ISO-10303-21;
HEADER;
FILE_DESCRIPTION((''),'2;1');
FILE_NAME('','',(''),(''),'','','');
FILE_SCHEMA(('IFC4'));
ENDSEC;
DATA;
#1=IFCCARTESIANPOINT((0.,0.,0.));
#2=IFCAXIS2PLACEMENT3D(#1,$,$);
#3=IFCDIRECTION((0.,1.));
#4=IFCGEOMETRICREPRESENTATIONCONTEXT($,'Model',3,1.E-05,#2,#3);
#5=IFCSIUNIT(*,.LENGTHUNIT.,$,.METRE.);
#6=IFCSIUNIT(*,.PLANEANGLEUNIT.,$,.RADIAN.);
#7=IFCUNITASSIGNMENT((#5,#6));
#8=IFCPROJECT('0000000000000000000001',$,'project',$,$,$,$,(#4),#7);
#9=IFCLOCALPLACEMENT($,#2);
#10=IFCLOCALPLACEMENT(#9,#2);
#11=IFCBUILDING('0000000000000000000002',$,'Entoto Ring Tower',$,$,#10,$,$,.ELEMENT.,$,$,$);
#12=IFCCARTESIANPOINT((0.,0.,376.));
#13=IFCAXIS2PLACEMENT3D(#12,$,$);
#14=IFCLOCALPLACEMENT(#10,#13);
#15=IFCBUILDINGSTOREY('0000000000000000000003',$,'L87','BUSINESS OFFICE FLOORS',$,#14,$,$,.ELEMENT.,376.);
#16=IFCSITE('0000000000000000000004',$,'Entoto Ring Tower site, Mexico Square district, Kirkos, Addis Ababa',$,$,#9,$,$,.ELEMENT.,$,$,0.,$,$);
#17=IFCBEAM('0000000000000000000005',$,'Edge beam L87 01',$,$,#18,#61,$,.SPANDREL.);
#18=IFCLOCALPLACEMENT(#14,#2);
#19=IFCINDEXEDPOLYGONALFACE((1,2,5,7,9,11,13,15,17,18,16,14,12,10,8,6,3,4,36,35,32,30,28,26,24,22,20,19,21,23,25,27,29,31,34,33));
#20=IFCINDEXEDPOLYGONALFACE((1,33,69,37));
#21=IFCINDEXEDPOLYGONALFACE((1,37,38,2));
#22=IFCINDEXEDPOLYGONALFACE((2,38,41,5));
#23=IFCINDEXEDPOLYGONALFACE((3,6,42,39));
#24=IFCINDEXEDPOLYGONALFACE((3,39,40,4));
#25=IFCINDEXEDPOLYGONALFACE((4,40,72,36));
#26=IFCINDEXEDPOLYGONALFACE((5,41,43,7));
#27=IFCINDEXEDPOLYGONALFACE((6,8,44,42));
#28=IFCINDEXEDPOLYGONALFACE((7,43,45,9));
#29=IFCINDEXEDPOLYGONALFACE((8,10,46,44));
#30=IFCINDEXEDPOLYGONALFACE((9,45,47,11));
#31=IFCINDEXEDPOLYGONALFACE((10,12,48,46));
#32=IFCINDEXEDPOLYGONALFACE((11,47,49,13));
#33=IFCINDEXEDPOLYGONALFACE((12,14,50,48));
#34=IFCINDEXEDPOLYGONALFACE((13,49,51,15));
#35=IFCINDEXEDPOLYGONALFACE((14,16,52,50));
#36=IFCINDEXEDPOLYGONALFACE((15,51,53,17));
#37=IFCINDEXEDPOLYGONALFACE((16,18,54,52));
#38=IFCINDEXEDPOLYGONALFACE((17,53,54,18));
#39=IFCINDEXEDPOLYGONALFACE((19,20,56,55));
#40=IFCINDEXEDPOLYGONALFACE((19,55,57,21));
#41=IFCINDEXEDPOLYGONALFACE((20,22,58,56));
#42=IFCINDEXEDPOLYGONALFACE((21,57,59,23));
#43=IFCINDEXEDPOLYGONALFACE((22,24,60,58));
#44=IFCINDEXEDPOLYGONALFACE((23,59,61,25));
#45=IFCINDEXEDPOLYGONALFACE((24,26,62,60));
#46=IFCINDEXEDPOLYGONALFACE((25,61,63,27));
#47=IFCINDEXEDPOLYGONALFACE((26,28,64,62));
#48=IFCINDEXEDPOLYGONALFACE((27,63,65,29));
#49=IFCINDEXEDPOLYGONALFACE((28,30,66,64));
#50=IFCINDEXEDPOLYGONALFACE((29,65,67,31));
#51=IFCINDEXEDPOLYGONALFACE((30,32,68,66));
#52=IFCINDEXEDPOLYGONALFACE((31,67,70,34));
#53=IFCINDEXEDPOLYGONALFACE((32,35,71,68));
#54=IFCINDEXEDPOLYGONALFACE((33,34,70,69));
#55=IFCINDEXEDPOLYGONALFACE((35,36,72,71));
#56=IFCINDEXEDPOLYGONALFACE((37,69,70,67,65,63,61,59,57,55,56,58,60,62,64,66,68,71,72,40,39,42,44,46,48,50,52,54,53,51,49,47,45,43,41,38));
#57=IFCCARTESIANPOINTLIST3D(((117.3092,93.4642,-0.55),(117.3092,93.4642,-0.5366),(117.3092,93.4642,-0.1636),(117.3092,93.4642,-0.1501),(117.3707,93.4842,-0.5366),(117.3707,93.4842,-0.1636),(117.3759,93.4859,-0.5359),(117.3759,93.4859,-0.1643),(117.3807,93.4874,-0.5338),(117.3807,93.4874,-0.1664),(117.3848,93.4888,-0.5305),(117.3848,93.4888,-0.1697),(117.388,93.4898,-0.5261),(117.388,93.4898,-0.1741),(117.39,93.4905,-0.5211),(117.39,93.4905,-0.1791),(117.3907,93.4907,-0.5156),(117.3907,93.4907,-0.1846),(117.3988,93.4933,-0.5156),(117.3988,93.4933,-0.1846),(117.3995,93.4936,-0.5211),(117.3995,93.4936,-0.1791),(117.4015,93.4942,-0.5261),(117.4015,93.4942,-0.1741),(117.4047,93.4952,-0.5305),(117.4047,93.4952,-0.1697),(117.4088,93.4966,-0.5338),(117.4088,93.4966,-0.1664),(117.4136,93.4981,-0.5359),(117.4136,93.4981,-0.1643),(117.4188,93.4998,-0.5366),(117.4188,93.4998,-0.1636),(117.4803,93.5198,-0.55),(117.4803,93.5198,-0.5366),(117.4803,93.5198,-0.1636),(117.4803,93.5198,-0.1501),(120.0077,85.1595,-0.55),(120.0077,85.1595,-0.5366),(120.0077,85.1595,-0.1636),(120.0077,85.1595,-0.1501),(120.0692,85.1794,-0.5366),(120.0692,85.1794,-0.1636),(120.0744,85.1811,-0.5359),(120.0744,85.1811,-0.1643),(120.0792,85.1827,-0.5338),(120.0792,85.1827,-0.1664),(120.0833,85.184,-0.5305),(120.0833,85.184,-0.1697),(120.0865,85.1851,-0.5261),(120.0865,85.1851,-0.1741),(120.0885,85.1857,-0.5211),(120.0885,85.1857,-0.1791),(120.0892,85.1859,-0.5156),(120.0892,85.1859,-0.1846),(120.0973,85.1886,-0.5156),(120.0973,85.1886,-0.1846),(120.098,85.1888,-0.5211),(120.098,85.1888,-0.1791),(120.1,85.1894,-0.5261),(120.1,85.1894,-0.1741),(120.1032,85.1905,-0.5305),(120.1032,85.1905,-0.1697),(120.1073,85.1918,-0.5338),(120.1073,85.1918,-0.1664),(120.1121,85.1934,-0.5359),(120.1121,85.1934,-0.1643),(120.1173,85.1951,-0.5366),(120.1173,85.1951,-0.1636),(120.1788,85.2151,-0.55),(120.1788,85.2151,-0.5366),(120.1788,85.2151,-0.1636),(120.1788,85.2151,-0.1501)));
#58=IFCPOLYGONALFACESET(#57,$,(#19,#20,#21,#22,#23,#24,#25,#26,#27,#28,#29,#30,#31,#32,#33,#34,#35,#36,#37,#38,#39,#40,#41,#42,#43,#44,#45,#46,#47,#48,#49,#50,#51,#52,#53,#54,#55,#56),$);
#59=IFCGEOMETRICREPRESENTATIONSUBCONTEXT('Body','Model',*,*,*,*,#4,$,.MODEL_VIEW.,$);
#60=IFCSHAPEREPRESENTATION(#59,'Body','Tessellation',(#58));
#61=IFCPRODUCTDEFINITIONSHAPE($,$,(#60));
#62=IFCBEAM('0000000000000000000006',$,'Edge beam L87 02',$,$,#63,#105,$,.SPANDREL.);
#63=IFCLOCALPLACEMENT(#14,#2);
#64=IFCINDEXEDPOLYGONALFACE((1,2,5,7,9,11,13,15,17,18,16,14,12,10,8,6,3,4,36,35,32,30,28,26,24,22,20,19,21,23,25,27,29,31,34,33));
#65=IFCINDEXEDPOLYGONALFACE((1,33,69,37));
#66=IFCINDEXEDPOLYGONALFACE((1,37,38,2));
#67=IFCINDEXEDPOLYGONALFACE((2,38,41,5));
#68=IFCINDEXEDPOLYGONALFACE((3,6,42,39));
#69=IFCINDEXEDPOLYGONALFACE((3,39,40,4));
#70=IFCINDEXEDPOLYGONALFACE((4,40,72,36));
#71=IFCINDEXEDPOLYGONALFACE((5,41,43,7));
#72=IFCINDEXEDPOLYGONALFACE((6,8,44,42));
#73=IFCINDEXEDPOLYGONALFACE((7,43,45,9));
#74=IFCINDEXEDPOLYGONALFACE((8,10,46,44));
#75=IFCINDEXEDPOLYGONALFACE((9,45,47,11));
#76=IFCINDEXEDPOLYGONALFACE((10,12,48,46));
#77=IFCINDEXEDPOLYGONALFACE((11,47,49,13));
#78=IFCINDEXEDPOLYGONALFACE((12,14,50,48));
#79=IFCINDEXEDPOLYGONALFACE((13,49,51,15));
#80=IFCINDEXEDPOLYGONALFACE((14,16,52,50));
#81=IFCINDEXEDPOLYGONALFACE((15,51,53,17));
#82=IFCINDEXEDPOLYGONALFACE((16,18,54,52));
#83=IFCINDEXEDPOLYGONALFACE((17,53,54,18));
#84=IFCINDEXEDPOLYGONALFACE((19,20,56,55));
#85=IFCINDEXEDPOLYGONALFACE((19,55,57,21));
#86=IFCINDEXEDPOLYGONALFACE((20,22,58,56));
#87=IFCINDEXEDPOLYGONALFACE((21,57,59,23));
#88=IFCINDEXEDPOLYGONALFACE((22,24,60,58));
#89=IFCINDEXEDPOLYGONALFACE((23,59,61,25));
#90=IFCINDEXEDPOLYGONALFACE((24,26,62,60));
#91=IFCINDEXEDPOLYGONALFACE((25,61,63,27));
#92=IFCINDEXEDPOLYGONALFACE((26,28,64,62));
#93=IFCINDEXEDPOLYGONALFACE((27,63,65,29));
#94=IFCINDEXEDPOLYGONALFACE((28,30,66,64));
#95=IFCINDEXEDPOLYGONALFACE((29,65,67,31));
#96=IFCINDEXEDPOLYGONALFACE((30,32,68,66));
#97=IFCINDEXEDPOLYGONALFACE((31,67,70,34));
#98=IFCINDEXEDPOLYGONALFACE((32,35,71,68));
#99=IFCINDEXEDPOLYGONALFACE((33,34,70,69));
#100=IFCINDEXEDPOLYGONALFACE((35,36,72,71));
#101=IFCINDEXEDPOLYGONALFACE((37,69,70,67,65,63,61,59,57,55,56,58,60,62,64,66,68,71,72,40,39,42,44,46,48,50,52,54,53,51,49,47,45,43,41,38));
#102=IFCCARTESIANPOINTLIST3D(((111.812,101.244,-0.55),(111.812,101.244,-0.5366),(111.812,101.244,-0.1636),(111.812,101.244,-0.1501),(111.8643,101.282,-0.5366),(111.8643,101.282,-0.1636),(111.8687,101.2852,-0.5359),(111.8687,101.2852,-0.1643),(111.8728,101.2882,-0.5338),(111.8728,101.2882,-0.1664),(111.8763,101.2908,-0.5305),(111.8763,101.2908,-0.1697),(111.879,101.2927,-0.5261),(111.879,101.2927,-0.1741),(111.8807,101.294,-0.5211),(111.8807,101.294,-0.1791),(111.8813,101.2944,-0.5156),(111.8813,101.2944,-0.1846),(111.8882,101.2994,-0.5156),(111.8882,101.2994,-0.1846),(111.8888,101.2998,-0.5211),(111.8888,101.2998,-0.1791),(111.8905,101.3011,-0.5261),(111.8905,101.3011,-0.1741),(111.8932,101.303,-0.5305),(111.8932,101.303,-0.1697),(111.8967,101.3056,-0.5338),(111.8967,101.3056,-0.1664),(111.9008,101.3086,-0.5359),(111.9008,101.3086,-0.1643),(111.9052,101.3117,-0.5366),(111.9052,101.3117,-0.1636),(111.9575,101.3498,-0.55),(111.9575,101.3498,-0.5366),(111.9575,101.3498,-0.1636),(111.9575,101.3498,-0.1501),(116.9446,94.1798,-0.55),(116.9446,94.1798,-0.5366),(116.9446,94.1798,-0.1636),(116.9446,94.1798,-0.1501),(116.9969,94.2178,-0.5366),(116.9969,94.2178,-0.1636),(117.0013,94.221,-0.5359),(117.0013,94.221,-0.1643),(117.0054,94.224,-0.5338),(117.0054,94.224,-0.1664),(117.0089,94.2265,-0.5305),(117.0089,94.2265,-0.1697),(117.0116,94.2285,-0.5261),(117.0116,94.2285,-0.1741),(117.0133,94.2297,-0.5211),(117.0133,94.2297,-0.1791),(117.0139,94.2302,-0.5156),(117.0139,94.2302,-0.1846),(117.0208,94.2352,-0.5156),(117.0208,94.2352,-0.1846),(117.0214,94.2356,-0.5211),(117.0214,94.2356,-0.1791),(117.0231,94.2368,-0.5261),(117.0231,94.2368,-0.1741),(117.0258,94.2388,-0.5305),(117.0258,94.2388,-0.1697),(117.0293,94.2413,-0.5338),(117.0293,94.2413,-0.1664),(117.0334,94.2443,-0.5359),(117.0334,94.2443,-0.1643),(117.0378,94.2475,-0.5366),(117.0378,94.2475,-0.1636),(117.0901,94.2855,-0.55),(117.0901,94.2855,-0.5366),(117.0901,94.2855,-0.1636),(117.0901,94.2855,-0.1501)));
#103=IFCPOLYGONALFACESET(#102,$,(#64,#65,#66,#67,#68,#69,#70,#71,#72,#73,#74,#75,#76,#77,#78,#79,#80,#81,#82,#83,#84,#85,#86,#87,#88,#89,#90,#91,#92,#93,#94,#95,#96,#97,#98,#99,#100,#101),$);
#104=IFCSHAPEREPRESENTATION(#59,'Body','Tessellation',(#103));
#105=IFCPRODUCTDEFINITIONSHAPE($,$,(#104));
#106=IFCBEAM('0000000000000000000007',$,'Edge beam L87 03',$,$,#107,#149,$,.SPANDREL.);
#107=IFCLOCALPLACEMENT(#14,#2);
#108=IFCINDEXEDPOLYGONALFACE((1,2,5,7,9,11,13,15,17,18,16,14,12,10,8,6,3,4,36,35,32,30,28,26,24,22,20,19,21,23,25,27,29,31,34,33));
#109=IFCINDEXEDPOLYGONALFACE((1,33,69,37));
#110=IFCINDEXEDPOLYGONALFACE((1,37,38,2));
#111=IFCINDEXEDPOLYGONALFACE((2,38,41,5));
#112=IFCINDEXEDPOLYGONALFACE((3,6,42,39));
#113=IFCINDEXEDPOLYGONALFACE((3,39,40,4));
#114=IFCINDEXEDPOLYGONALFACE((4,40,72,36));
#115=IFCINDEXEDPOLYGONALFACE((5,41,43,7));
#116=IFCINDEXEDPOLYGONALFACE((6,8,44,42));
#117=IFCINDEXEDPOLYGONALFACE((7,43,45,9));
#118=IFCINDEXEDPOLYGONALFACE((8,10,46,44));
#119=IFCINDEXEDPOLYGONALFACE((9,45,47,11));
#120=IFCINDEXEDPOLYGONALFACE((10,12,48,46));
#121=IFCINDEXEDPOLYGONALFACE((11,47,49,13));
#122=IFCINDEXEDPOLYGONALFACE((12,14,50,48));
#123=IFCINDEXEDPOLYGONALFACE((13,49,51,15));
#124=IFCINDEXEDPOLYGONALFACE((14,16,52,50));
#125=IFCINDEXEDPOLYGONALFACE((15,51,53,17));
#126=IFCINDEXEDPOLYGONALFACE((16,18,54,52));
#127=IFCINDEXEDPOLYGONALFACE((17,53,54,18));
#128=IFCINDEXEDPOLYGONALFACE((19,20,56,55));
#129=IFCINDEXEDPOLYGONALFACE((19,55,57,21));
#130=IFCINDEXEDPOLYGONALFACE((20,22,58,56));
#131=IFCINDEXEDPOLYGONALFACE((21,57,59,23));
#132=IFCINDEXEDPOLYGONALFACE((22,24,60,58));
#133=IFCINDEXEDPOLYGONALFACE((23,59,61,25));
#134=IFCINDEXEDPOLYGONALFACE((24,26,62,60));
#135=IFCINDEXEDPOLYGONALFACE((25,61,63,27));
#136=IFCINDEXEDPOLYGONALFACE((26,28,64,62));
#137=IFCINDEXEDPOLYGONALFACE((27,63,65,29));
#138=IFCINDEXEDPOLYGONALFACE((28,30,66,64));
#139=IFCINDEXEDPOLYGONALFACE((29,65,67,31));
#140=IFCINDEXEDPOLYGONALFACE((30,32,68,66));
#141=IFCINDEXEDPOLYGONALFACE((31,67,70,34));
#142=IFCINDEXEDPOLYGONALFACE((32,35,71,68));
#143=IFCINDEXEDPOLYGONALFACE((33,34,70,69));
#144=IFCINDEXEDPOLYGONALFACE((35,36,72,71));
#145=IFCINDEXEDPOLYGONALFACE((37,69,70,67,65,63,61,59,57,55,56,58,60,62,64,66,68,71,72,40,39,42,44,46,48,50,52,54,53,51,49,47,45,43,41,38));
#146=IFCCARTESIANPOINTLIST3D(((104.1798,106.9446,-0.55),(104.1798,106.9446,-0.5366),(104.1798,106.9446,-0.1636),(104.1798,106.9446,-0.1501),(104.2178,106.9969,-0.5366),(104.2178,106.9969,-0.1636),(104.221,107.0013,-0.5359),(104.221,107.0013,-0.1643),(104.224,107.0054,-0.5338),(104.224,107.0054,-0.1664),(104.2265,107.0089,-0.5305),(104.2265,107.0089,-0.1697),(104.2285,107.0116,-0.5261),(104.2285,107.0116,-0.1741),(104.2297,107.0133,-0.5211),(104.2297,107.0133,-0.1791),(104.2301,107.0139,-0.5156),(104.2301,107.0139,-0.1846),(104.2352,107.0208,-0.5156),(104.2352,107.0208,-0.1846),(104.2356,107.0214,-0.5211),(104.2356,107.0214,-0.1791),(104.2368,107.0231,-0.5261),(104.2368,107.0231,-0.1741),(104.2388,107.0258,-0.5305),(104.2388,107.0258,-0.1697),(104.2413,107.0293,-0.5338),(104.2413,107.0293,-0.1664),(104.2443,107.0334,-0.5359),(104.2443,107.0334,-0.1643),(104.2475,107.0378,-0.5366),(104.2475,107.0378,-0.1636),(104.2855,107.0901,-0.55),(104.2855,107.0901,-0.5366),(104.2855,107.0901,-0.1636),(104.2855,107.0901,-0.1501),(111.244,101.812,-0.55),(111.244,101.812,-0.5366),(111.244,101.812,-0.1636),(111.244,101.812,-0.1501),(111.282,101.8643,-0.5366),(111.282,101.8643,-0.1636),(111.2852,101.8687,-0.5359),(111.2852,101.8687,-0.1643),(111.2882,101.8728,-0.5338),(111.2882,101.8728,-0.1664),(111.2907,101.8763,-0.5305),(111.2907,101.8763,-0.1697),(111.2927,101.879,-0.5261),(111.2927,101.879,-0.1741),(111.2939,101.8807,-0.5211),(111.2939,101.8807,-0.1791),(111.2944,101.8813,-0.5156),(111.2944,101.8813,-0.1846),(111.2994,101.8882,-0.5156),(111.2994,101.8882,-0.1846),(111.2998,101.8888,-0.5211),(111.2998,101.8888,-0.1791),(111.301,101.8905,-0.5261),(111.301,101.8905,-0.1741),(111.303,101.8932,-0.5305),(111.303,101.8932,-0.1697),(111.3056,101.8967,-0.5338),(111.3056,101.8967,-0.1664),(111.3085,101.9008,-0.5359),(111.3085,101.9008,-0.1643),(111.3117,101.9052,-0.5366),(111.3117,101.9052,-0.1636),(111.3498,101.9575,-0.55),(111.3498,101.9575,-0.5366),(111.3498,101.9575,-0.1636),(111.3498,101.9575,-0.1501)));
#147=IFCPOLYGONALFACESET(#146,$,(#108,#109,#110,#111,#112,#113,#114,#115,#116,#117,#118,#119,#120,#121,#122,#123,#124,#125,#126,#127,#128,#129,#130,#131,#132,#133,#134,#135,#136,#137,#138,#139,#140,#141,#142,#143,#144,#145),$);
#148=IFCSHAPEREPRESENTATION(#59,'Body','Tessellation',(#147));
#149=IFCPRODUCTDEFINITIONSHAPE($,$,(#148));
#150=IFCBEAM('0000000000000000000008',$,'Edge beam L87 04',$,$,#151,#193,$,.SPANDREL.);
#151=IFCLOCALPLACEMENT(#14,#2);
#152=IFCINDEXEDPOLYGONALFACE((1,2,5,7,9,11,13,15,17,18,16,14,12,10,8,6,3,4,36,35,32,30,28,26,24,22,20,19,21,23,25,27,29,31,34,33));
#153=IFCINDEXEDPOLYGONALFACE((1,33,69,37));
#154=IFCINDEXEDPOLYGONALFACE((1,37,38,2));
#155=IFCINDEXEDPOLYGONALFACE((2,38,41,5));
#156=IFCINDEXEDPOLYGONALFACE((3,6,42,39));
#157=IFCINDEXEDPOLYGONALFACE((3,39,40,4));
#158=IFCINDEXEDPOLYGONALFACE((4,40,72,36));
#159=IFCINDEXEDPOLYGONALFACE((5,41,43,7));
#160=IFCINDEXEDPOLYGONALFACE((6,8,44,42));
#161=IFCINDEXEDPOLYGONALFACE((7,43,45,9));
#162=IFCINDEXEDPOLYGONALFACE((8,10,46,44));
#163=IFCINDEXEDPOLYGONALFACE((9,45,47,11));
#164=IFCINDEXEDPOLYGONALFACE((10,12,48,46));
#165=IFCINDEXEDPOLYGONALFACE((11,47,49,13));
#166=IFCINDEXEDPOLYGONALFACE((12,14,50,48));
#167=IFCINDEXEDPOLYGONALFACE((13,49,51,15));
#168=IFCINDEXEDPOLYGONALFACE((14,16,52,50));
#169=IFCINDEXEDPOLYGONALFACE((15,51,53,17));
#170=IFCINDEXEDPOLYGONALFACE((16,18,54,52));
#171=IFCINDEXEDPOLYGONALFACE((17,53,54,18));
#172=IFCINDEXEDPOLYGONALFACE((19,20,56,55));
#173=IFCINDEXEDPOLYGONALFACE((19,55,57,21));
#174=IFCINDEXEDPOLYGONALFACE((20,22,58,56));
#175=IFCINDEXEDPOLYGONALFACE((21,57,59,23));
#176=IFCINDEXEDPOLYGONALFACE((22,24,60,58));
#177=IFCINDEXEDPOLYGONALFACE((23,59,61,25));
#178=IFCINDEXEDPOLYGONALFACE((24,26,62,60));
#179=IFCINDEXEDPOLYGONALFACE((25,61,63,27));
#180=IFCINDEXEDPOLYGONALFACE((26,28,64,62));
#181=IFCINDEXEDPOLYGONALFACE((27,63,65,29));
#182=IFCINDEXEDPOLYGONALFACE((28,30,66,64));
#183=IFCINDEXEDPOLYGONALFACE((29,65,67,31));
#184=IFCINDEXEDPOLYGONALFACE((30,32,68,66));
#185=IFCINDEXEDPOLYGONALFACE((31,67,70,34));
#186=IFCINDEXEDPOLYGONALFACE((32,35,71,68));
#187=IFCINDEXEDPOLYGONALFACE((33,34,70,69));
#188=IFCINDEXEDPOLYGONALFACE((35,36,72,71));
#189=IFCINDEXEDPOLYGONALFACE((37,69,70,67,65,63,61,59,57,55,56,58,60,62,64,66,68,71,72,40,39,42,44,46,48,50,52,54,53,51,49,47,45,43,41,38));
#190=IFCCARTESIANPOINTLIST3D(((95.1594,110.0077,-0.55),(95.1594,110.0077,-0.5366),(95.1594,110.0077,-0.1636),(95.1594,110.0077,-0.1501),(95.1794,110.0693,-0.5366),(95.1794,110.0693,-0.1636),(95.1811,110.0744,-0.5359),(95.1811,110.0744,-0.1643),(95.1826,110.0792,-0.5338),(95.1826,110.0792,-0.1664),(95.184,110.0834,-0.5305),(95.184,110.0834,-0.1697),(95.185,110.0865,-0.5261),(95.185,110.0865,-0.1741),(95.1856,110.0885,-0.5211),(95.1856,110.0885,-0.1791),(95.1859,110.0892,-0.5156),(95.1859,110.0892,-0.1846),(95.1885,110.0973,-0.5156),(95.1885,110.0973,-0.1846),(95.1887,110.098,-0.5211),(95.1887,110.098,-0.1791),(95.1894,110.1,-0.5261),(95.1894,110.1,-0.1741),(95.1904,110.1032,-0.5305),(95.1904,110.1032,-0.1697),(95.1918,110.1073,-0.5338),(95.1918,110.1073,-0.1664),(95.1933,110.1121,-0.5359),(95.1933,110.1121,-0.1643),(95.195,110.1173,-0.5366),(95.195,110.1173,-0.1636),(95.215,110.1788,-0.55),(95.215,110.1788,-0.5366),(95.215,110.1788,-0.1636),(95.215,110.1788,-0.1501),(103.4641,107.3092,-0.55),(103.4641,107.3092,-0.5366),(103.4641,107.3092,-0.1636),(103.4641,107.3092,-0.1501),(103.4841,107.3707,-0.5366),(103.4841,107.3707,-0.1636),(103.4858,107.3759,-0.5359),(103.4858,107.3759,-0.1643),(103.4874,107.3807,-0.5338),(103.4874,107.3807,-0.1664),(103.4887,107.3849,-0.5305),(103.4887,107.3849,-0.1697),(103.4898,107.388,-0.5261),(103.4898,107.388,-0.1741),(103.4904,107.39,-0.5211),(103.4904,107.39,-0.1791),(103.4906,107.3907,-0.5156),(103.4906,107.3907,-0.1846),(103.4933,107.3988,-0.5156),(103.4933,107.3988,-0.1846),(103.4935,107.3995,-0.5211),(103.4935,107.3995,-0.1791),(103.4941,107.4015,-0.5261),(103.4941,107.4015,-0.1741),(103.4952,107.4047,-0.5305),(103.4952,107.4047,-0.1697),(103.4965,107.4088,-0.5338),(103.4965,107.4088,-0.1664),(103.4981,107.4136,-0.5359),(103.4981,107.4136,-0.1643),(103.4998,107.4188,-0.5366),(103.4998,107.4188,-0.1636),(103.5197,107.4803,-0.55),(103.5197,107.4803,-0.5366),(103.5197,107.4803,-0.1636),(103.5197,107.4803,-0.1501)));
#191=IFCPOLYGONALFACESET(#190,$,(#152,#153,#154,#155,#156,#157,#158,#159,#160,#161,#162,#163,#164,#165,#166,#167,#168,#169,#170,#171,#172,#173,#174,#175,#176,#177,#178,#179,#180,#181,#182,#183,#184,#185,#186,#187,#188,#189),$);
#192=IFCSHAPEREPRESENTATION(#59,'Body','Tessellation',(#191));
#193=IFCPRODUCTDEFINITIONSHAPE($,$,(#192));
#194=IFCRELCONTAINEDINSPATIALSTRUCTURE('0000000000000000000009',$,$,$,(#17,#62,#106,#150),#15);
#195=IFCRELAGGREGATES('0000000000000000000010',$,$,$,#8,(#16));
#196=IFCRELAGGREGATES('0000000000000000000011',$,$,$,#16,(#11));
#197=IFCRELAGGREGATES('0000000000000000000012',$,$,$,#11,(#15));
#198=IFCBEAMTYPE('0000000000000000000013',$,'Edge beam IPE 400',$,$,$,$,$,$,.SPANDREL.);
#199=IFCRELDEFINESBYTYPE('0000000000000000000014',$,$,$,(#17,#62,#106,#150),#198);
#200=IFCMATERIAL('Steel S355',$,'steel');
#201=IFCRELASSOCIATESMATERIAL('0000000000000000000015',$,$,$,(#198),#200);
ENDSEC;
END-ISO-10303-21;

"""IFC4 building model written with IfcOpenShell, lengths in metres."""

from ifc_helpers import new_model, si_unit, direction, frame, origin, origin_2d, place, context, subcontext, project, spatial, i_section, extrude, material, material_profile, profile_set, type_object, element, save


model = new_model("IFC4")

# Units and contexts
model_context = context("Model", 3, precision=1e-05, world=origin(), true_north=direction((0.0, 1.0)))
body_context = subcontext(model_context, "Body", "Model", "MODEL_VIEW")
ifc_project = project(units=[si_unit("LENGTHUNIT", "METRE"), si_unit("PLANEANGLEUNIT", "RADIAN")], contexts=[model_context])

# Site, building, storey
site_placement = place(None, origin())
site = spatial("IfcSite", under=ifc_project, at=site_placement, Name="Entoto Ring Tower site, Mexico Square district, Kirkos, Addis Ababa", CompositionType="ELEMENT", RefElevation=0.0)
building_placement = place(site_placement, origin())
building = spatial("IfcBuilding", under=site, at=building_placement, Name="Entoto Ring Tower", CompositionType="ELEMENT")
storey_placement = place(building_placement, frame((0.0, 0.0, 376.0)))
storey = spatial("IfcBuildingStorey", under=building, at=storey_placement, Name="L87", Description="BUSINESS OFFICE FLOORS", CompositionType="ELEMENT", Elevation=376.0)

# Beams
ifc_material_1 = material(Name="Steel S355", Category="steel")
ifc_material_profile_1 = material_profile(ifc_material_1, i_section(OverallWidth=0.1799, OverallDepth=0.3999, WebThickness=0.0085, FlangeThickness=0.0134, FilletRadius=0.021, at=origin_2d()), Name="IPE 400")
ifc_profile_set_1 = profile_set([ifc_material_profile_1], Name="Steel S355")
beam_type_1 = type_object("IfcBeamType", Name="Edge beam IPE 400", PredefinedType="SPANDREL", material=ifc_profile_set_1)
beam_1_placement = place(storey_placement, frame((120.0933, 85.1873, -0.3501), z_axis=(-0.30903, 0.951052, 0.0), x_axis=(-0.951052, -0.30903, 0.0)))
element("IfcBeam", 1, at=beam_1_placement, inside=storey, type_object=beam_type_1, Name="Edge beam L87 01", PredefinedType="SPANDREL", context=body_context, shape_type="SweptSolid", body=[
    extrude(i_section(OverallWidth=0.1799, OverallDepth=0.3999, WebThickness=0.0085, FlangeThickness=0.0134, FilletRadius=0.021, at=origin_2d()), origin(), (0.0, 0.0, 1.0), 8.7322),
])
for number, where, z_axis, x_axis, name in (
    (2, (117.0173, 94.2327, -0.3501), (-0.587794, 0.80901, 0.0), (-0.80901, -0.587794, 0.0), "Edge beam L87 02"),
    (3, (111.2969, 101.8848, -0.3501), (-0.80901, 0.587794, 0.0), (-0.587794, -0.80901, 0.0), "Edge beam L87 03"),
):
    element("IfcBeam", number, at=place(storey_placement, frame(where, z_axis=z_axis, x_axis=x_axis)), inside=storey, type_object=beam_type_1, Name=name, PredefinedType="SPANDREL", context=body_context, shape_type="SweptSolid", body=[
        extrude(i_section(OverallWidth=0.1799, OverallDepth=0.3999, WebThickness=0.0085, FlangeThickness=0.0134, FilletRadius=0.021, at=origin_2d()), origin(), (0.0, 0.0, 1.0), 8.7319),
    ])
beam_2_placement = place(storey_placement, frame((103.4919, 107.3948, -0.3501), z_axis=(-0.951052, 0.30903, 0.0), x_axis=(-0.30903, -0.951052, 0.0)))
element("IfcBeam", 4, at=beam_2_placement, inside=storey, type_object=beam_type_1, Name="Edge beam L87 04", PredefinedType="SPANDREL", context=body_context, shape_type="SweptSolid", body=[
    extrude(i_section(OverallWidth=0.1799, OverallDepth=0.3999, WebThickness=0.0085, FlangeThickness=0.0134, FilletRadius=0.021, at=origin_2d()), origin(), (0.0, 0.0, 1.0), 8.7322),
])

save(model, "model.ifc")
